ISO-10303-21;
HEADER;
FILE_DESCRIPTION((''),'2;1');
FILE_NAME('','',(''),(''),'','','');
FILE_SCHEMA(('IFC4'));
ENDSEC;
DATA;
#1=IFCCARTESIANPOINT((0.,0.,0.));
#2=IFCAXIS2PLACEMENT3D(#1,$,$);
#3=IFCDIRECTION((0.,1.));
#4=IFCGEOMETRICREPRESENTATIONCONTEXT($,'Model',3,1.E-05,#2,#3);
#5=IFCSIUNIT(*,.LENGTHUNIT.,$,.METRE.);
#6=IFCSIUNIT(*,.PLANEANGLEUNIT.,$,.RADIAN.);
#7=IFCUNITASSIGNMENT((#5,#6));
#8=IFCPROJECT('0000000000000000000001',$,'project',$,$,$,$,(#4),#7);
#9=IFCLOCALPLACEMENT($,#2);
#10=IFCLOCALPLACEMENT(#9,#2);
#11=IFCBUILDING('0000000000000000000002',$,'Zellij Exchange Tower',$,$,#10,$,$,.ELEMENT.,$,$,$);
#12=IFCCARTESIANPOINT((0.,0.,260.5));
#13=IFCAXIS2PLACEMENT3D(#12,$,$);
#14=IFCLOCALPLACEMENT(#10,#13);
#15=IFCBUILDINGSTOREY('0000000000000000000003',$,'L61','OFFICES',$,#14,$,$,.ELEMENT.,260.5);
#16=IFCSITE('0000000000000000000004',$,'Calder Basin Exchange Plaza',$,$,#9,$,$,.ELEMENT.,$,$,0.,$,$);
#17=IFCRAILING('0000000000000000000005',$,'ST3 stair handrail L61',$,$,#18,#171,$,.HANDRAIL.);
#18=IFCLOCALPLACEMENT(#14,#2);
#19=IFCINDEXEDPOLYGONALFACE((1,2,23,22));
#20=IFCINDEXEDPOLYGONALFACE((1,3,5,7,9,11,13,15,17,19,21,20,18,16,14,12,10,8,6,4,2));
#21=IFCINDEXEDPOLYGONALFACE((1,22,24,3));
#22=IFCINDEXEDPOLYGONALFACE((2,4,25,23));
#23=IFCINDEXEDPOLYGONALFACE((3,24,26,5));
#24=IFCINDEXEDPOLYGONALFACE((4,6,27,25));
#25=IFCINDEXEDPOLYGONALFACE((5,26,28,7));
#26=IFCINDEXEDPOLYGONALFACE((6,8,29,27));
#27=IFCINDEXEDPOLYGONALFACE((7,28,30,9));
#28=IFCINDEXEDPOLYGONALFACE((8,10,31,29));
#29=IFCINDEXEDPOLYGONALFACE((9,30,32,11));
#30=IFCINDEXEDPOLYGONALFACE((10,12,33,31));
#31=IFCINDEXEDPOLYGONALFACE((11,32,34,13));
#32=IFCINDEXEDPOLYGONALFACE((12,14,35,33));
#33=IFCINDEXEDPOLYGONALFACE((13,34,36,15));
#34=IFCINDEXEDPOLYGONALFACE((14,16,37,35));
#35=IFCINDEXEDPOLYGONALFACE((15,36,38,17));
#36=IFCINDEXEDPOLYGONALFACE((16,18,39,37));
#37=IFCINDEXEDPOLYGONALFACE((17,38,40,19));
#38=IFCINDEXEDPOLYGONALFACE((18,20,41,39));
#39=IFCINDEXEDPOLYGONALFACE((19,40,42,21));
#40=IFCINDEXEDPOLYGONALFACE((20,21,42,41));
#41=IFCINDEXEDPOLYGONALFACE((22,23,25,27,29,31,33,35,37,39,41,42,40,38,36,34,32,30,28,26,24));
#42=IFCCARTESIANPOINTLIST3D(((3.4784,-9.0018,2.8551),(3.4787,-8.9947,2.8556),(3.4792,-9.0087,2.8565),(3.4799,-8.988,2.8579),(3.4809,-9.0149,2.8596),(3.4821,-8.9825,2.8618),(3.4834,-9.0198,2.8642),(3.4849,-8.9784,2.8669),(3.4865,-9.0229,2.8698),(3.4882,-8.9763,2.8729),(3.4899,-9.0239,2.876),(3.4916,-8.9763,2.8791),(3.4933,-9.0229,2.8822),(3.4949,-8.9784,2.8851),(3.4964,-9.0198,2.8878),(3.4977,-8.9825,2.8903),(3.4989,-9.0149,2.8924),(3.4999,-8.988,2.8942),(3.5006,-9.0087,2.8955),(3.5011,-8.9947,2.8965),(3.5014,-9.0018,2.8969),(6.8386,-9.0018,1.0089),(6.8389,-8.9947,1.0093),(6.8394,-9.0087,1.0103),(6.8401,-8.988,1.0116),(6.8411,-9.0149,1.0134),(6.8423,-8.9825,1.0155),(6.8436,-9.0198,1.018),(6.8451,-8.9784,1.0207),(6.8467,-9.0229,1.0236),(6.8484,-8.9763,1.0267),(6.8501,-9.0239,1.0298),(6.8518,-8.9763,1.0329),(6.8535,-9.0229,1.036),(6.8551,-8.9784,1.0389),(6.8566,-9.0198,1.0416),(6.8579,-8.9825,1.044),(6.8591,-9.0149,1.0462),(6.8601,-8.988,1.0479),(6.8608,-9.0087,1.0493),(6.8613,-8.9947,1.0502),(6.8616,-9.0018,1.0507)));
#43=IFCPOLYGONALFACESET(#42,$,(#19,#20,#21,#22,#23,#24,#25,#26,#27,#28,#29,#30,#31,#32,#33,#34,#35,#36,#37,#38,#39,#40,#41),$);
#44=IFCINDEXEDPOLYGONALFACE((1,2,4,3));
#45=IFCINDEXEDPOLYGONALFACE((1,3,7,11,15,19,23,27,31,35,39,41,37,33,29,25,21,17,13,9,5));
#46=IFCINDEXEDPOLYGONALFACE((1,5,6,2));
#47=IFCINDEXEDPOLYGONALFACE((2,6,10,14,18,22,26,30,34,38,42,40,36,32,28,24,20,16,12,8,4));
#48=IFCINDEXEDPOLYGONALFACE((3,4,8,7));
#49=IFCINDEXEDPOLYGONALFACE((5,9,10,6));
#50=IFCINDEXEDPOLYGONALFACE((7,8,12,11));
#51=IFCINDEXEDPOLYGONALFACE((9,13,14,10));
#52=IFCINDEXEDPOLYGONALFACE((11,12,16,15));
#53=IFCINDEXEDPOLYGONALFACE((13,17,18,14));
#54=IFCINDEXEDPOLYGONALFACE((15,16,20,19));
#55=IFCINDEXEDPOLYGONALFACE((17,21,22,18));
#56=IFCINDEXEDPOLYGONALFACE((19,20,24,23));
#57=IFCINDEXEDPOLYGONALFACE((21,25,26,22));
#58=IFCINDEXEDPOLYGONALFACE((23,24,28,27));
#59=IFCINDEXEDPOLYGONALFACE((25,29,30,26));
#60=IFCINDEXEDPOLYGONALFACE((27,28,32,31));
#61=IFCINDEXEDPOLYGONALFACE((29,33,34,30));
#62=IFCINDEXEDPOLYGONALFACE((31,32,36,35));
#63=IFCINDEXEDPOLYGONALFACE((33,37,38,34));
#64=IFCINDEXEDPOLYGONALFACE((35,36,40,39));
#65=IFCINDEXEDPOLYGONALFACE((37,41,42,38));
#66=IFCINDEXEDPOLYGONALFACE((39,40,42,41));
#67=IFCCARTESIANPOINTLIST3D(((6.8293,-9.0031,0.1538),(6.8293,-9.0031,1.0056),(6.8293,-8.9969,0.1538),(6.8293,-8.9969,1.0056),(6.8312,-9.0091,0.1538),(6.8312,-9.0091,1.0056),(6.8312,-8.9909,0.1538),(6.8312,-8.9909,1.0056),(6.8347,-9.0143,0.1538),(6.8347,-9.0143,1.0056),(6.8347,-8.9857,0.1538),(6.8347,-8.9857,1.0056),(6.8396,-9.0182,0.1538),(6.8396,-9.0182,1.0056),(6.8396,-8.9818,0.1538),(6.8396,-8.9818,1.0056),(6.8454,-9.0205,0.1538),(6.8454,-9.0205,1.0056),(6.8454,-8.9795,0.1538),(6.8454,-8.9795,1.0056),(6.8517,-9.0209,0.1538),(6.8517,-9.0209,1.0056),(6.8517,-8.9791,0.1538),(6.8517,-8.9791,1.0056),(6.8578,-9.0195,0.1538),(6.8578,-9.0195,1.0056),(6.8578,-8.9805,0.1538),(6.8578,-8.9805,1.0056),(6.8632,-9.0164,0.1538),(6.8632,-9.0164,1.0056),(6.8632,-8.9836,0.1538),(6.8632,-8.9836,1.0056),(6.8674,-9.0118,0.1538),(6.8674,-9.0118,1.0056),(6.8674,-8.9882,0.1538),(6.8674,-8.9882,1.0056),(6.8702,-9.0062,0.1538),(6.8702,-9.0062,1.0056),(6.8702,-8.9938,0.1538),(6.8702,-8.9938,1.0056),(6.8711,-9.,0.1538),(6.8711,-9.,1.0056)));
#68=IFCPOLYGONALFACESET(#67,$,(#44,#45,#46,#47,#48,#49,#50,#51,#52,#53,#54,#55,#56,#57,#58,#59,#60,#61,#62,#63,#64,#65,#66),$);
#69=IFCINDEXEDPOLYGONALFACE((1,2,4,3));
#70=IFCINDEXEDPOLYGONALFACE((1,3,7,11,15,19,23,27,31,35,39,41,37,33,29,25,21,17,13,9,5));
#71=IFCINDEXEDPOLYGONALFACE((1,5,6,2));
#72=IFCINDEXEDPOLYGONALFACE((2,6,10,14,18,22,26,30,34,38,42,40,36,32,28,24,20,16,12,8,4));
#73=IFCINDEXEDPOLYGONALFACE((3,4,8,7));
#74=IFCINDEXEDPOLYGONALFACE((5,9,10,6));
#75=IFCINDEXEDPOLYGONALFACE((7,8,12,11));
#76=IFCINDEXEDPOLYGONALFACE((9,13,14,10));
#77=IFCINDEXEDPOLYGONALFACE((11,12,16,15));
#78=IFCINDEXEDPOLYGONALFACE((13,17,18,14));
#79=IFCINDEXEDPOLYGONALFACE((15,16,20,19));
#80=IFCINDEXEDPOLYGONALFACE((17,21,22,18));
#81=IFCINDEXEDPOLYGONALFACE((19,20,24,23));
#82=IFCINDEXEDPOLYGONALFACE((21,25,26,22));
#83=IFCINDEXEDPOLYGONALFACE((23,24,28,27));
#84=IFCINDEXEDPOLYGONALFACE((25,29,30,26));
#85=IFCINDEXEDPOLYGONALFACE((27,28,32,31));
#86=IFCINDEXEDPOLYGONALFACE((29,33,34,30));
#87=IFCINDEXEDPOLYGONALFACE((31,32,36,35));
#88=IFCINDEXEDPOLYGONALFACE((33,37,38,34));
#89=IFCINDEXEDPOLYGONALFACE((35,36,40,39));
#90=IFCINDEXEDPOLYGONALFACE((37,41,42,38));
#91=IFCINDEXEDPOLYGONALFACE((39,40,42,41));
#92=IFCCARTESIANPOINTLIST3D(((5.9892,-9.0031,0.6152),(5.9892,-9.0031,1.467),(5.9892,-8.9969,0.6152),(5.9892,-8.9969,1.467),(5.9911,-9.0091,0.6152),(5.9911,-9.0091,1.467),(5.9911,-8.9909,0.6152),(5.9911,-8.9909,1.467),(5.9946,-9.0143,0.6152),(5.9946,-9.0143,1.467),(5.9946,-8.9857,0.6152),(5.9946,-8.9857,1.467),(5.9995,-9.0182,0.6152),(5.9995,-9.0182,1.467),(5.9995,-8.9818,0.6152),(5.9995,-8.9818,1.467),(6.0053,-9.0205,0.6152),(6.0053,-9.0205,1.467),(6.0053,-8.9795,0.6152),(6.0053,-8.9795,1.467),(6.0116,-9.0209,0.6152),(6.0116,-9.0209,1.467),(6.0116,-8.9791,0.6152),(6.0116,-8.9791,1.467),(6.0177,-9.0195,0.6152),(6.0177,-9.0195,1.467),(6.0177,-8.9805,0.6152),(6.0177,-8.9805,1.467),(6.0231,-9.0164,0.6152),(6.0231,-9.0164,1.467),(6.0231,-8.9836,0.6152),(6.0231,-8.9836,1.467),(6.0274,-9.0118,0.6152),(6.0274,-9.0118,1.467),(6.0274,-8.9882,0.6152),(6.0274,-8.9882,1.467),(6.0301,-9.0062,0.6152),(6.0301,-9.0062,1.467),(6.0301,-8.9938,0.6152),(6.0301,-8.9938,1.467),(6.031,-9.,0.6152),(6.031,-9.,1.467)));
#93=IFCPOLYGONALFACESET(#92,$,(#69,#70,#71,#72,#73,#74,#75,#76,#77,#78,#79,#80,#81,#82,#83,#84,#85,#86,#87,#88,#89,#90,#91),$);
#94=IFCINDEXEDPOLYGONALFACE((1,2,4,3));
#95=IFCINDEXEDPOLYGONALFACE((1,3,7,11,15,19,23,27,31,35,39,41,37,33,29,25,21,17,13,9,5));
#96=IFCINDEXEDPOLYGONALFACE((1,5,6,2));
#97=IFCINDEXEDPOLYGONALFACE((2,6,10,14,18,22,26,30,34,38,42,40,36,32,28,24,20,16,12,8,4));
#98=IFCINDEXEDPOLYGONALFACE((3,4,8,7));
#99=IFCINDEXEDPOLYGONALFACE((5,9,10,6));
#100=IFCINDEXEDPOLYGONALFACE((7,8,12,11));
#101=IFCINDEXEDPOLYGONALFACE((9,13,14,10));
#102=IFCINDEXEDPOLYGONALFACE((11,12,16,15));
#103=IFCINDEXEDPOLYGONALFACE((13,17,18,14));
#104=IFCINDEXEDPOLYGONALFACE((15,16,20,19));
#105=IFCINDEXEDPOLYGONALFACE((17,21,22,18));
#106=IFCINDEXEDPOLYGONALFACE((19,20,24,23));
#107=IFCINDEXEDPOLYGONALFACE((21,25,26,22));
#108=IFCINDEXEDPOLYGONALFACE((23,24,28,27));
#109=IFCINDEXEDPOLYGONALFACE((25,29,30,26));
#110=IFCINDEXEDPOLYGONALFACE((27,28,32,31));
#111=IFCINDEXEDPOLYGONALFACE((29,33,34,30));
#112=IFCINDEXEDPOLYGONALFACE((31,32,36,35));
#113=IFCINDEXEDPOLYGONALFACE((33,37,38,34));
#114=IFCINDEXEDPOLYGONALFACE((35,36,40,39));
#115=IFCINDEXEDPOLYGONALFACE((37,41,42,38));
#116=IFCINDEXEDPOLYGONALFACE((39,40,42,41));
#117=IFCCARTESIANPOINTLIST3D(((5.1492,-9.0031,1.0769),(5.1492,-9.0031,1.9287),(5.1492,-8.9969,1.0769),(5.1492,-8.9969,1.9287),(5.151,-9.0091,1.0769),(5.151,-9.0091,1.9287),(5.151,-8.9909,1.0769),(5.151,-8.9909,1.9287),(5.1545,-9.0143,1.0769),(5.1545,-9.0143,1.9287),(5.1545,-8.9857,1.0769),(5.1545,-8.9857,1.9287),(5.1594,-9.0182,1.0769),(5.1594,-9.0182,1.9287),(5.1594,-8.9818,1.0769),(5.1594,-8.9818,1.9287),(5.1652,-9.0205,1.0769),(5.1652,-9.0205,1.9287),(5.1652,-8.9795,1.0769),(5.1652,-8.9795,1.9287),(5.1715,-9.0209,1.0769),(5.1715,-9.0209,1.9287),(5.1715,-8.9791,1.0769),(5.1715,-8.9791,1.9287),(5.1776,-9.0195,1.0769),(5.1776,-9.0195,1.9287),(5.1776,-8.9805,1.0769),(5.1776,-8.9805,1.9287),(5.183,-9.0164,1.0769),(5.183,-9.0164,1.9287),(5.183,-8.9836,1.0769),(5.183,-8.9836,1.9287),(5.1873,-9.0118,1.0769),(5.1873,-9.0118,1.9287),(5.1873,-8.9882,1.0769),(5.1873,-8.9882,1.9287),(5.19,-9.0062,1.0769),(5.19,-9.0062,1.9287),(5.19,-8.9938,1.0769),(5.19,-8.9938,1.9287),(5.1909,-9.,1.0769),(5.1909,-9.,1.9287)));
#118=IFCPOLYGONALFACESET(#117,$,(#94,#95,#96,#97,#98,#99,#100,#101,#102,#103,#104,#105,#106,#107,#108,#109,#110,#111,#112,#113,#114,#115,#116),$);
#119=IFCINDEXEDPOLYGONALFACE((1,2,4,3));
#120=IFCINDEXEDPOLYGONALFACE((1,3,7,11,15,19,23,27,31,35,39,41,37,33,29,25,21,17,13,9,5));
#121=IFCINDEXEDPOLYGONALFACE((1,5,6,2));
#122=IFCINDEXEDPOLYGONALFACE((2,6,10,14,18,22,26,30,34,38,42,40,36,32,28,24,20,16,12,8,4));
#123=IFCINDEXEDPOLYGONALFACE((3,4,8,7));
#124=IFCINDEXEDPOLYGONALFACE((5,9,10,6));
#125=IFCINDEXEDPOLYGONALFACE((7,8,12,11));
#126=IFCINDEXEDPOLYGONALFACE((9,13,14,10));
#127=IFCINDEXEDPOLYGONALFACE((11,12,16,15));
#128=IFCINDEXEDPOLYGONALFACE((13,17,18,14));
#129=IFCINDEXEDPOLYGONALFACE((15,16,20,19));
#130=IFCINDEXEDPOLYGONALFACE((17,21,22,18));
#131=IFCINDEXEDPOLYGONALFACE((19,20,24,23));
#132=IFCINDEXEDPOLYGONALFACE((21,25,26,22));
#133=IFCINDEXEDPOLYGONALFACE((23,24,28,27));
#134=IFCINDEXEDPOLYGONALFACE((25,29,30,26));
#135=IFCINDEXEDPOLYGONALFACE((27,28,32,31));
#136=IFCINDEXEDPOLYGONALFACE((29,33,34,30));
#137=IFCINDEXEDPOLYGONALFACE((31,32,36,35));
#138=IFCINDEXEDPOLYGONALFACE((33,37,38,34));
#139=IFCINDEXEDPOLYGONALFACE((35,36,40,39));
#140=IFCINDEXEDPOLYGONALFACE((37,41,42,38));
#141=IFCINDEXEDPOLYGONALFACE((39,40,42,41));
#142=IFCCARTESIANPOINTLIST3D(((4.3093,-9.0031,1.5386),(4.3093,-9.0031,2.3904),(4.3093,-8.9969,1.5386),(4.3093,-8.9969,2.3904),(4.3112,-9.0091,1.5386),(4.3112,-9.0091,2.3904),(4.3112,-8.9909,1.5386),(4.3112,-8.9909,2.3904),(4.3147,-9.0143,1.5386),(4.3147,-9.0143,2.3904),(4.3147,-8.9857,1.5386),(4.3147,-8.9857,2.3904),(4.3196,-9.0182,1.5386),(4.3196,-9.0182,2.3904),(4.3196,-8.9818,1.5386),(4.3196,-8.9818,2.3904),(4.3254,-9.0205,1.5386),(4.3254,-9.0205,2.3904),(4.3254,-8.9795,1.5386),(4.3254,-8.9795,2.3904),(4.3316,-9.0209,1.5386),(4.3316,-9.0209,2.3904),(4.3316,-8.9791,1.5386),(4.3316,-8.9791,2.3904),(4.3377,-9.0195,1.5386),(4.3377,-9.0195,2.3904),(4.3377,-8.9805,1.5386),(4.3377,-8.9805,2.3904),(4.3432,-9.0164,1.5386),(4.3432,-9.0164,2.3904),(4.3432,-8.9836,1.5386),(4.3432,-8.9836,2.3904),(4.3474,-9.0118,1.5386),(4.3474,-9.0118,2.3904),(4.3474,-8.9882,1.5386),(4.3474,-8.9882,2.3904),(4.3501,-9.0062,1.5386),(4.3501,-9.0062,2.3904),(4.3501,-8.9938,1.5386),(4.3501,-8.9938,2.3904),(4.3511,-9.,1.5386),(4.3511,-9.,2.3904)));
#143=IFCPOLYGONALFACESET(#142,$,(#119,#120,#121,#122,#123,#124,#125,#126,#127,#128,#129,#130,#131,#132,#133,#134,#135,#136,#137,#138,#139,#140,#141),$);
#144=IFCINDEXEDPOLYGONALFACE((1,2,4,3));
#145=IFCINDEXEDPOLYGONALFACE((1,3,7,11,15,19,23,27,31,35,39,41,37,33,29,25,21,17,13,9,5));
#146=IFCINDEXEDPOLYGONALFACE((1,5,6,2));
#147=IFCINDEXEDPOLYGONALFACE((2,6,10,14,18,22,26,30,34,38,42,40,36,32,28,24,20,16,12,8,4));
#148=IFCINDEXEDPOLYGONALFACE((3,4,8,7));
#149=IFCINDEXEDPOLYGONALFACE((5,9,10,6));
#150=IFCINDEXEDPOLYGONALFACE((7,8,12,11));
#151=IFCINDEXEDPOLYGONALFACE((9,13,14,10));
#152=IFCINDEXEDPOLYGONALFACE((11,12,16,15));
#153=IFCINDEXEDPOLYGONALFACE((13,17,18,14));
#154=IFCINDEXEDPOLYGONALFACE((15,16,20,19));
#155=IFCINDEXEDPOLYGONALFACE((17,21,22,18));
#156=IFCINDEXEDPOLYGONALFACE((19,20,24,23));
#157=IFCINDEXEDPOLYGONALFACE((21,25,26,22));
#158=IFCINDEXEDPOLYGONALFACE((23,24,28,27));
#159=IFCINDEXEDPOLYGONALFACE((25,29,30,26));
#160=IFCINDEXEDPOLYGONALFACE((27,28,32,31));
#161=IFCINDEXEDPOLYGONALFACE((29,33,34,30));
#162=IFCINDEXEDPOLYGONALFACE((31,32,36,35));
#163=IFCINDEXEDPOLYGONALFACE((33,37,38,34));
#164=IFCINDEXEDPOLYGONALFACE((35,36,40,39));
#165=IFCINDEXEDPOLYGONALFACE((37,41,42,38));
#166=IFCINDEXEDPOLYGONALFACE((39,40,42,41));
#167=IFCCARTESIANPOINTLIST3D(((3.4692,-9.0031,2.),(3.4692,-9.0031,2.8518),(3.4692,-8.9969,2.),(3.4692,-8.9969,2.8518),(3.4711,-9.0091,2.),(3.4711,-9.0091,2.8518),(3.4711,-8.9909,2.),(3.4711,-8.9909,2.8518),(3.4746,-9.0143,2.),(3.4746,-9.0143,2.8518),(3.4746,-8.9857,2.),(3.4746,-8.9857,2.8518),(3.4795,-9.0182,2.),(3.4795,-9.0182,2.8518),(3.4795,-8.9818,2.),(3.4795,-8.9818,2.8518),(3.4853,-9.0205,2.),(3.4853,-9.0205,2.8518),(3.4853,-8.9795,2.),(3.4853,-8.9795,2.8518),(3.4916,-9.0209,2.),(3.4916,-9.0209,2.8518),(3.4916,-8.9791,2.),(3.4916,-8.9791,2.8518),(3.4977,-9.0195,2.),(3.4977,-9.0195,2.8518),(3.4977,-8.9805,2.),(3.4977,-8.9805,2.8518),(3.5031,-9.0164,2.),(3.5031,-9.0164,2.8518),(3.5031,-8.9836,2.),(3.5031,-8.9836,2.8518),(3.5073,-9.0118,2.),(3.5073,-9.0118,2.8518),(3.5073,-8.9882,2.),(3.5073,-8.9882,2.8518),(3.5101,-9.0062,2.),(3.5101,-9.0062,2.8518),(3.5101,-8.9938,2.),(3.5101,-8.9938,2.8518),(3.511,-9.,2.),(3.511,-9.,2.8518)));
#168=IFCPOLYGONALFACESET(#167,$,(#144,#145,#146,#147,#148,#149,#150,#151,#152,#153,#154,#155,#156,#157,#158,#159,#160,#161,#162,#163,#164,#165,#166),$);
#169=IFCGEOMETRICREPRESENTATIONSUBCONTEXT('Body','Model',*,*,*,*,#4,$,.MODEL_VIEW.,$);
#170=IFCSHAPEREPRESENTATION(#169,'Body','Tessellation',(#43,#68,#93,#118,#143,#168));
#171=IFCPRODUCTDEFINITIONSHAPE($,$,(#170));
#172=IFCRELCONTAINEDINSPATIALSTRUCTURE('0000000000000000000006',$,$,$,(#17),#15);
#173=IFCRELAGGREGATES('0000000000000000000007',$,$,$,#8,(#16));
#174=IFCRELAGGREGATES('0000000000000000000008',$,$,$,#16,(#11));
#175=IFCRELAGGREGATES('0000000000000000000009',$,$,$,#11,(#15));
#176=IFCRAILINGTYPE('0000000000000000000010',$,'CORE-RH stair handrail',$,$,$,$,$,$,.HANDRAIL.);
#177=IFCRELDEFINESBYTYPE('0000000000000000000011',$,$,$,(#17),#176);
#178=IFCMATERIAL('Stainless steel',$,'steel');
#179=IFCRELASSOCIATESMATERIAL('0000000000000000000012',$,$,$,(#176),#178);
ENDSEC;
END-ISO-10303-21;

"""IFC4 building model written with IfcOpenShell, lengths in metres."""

from ifc_helpers import new_model, si_unit, direction, frame, origin, origin_2d, place, context, subcontext, project, spatial, circle, extrude, material, type_object, element, save


model = new_model("IFC4")

# Units and contexts
model_context = context("Model", 3, precision=1e-05, world=origin(), true_north=direction((0.0, 1.0)))
body_context = subcontext(model_context, "Body", "Model", "MODEL_VIEW")
ifc_project = project(units=[si_unit("LENGTHUNIT", "METRE"), si_unit("PLANEANGLEUNIT", "RADIAN")], contexts=[model_context])

# Site, building, storey
site_placement = place(None, origin())
site = spatial("IfcSite", under=ifc_project, at=site_placement, Name="Calder Basin Exchange Plaza", CompositionType="ELEMENT", RefElevation=0.0)
building_placement = place(site_placement, origin())
building = spatial("IfcBuilding", under=site, at=building_placement, Name="Zellij Exchange Tower", CompositionType="ELEMENT")
storey_placement = place(building_placement, frame((0.0, 0.0, 260.5)))
storey = spatial("IfcBuildingStorey", under=building, at=storey_placement, Name="L61", Description="OFFICES", CompositionType="ELEMENT", Elevation=260.5)

# Railing
ifc_material_1 = material(Name="Stainless steel", Category="steel")
railing_type_1 = type_object("IfcRailingType", Name="CORE-RH stair handrail", PredefinedType="HANDRAIL", material=ifc_material_1)
railing_1_placement = place(storey_placement, frame((6.8501, -9.0, 0.1538)))
element("IfcRailing", 1, at=railing_1_placement, inside=storey, type_object=railing_type_1, Name="ST3 stair handrail L61", PredefinedType="HANDRAIL", context=body_context, shape_type="SweptSolid", body=[
    extrude(circle(Radius=0.0239, at=origin_2d()), frame((0.0, 0.0, 0.876), z_axis=(-0.876422, 0.0, 0.481545), x_axis=(0.0, -1.0, 0.0)), (0.0, 0.0, 1.0), 3.834),
    extrude(circle(Radius=0.021, at=origin_2d()), origin(), (0.0, 0.0, 1.0), 0.8518),
    extrude(circle(Radius=0.021, at=origin_2d()), frame((-0.8401, 0.0, 0.4614)), (0.0, 0.0, 1.0), 0.8518),
    extrude(circle(Radius=0.021, at=origin_2d()), frame((-1.6802, 0.0, 0.9231)), (0.0, 0.0, 1.0), 0.8518),
    extrude(circle(Radius=0.021, at=origin_2d()), frame((-2.52, 0.0, 1.3848)), (0.0, 0.0, 1.0), 0.8518),
    extrude(circle(Radius=0.021, at=origin_2d()), frame((-3.3601, 0.0, 1.8462)), (0.0, 0.0, 1.0), 0.8518),
])

save(model, "model.ifc")
